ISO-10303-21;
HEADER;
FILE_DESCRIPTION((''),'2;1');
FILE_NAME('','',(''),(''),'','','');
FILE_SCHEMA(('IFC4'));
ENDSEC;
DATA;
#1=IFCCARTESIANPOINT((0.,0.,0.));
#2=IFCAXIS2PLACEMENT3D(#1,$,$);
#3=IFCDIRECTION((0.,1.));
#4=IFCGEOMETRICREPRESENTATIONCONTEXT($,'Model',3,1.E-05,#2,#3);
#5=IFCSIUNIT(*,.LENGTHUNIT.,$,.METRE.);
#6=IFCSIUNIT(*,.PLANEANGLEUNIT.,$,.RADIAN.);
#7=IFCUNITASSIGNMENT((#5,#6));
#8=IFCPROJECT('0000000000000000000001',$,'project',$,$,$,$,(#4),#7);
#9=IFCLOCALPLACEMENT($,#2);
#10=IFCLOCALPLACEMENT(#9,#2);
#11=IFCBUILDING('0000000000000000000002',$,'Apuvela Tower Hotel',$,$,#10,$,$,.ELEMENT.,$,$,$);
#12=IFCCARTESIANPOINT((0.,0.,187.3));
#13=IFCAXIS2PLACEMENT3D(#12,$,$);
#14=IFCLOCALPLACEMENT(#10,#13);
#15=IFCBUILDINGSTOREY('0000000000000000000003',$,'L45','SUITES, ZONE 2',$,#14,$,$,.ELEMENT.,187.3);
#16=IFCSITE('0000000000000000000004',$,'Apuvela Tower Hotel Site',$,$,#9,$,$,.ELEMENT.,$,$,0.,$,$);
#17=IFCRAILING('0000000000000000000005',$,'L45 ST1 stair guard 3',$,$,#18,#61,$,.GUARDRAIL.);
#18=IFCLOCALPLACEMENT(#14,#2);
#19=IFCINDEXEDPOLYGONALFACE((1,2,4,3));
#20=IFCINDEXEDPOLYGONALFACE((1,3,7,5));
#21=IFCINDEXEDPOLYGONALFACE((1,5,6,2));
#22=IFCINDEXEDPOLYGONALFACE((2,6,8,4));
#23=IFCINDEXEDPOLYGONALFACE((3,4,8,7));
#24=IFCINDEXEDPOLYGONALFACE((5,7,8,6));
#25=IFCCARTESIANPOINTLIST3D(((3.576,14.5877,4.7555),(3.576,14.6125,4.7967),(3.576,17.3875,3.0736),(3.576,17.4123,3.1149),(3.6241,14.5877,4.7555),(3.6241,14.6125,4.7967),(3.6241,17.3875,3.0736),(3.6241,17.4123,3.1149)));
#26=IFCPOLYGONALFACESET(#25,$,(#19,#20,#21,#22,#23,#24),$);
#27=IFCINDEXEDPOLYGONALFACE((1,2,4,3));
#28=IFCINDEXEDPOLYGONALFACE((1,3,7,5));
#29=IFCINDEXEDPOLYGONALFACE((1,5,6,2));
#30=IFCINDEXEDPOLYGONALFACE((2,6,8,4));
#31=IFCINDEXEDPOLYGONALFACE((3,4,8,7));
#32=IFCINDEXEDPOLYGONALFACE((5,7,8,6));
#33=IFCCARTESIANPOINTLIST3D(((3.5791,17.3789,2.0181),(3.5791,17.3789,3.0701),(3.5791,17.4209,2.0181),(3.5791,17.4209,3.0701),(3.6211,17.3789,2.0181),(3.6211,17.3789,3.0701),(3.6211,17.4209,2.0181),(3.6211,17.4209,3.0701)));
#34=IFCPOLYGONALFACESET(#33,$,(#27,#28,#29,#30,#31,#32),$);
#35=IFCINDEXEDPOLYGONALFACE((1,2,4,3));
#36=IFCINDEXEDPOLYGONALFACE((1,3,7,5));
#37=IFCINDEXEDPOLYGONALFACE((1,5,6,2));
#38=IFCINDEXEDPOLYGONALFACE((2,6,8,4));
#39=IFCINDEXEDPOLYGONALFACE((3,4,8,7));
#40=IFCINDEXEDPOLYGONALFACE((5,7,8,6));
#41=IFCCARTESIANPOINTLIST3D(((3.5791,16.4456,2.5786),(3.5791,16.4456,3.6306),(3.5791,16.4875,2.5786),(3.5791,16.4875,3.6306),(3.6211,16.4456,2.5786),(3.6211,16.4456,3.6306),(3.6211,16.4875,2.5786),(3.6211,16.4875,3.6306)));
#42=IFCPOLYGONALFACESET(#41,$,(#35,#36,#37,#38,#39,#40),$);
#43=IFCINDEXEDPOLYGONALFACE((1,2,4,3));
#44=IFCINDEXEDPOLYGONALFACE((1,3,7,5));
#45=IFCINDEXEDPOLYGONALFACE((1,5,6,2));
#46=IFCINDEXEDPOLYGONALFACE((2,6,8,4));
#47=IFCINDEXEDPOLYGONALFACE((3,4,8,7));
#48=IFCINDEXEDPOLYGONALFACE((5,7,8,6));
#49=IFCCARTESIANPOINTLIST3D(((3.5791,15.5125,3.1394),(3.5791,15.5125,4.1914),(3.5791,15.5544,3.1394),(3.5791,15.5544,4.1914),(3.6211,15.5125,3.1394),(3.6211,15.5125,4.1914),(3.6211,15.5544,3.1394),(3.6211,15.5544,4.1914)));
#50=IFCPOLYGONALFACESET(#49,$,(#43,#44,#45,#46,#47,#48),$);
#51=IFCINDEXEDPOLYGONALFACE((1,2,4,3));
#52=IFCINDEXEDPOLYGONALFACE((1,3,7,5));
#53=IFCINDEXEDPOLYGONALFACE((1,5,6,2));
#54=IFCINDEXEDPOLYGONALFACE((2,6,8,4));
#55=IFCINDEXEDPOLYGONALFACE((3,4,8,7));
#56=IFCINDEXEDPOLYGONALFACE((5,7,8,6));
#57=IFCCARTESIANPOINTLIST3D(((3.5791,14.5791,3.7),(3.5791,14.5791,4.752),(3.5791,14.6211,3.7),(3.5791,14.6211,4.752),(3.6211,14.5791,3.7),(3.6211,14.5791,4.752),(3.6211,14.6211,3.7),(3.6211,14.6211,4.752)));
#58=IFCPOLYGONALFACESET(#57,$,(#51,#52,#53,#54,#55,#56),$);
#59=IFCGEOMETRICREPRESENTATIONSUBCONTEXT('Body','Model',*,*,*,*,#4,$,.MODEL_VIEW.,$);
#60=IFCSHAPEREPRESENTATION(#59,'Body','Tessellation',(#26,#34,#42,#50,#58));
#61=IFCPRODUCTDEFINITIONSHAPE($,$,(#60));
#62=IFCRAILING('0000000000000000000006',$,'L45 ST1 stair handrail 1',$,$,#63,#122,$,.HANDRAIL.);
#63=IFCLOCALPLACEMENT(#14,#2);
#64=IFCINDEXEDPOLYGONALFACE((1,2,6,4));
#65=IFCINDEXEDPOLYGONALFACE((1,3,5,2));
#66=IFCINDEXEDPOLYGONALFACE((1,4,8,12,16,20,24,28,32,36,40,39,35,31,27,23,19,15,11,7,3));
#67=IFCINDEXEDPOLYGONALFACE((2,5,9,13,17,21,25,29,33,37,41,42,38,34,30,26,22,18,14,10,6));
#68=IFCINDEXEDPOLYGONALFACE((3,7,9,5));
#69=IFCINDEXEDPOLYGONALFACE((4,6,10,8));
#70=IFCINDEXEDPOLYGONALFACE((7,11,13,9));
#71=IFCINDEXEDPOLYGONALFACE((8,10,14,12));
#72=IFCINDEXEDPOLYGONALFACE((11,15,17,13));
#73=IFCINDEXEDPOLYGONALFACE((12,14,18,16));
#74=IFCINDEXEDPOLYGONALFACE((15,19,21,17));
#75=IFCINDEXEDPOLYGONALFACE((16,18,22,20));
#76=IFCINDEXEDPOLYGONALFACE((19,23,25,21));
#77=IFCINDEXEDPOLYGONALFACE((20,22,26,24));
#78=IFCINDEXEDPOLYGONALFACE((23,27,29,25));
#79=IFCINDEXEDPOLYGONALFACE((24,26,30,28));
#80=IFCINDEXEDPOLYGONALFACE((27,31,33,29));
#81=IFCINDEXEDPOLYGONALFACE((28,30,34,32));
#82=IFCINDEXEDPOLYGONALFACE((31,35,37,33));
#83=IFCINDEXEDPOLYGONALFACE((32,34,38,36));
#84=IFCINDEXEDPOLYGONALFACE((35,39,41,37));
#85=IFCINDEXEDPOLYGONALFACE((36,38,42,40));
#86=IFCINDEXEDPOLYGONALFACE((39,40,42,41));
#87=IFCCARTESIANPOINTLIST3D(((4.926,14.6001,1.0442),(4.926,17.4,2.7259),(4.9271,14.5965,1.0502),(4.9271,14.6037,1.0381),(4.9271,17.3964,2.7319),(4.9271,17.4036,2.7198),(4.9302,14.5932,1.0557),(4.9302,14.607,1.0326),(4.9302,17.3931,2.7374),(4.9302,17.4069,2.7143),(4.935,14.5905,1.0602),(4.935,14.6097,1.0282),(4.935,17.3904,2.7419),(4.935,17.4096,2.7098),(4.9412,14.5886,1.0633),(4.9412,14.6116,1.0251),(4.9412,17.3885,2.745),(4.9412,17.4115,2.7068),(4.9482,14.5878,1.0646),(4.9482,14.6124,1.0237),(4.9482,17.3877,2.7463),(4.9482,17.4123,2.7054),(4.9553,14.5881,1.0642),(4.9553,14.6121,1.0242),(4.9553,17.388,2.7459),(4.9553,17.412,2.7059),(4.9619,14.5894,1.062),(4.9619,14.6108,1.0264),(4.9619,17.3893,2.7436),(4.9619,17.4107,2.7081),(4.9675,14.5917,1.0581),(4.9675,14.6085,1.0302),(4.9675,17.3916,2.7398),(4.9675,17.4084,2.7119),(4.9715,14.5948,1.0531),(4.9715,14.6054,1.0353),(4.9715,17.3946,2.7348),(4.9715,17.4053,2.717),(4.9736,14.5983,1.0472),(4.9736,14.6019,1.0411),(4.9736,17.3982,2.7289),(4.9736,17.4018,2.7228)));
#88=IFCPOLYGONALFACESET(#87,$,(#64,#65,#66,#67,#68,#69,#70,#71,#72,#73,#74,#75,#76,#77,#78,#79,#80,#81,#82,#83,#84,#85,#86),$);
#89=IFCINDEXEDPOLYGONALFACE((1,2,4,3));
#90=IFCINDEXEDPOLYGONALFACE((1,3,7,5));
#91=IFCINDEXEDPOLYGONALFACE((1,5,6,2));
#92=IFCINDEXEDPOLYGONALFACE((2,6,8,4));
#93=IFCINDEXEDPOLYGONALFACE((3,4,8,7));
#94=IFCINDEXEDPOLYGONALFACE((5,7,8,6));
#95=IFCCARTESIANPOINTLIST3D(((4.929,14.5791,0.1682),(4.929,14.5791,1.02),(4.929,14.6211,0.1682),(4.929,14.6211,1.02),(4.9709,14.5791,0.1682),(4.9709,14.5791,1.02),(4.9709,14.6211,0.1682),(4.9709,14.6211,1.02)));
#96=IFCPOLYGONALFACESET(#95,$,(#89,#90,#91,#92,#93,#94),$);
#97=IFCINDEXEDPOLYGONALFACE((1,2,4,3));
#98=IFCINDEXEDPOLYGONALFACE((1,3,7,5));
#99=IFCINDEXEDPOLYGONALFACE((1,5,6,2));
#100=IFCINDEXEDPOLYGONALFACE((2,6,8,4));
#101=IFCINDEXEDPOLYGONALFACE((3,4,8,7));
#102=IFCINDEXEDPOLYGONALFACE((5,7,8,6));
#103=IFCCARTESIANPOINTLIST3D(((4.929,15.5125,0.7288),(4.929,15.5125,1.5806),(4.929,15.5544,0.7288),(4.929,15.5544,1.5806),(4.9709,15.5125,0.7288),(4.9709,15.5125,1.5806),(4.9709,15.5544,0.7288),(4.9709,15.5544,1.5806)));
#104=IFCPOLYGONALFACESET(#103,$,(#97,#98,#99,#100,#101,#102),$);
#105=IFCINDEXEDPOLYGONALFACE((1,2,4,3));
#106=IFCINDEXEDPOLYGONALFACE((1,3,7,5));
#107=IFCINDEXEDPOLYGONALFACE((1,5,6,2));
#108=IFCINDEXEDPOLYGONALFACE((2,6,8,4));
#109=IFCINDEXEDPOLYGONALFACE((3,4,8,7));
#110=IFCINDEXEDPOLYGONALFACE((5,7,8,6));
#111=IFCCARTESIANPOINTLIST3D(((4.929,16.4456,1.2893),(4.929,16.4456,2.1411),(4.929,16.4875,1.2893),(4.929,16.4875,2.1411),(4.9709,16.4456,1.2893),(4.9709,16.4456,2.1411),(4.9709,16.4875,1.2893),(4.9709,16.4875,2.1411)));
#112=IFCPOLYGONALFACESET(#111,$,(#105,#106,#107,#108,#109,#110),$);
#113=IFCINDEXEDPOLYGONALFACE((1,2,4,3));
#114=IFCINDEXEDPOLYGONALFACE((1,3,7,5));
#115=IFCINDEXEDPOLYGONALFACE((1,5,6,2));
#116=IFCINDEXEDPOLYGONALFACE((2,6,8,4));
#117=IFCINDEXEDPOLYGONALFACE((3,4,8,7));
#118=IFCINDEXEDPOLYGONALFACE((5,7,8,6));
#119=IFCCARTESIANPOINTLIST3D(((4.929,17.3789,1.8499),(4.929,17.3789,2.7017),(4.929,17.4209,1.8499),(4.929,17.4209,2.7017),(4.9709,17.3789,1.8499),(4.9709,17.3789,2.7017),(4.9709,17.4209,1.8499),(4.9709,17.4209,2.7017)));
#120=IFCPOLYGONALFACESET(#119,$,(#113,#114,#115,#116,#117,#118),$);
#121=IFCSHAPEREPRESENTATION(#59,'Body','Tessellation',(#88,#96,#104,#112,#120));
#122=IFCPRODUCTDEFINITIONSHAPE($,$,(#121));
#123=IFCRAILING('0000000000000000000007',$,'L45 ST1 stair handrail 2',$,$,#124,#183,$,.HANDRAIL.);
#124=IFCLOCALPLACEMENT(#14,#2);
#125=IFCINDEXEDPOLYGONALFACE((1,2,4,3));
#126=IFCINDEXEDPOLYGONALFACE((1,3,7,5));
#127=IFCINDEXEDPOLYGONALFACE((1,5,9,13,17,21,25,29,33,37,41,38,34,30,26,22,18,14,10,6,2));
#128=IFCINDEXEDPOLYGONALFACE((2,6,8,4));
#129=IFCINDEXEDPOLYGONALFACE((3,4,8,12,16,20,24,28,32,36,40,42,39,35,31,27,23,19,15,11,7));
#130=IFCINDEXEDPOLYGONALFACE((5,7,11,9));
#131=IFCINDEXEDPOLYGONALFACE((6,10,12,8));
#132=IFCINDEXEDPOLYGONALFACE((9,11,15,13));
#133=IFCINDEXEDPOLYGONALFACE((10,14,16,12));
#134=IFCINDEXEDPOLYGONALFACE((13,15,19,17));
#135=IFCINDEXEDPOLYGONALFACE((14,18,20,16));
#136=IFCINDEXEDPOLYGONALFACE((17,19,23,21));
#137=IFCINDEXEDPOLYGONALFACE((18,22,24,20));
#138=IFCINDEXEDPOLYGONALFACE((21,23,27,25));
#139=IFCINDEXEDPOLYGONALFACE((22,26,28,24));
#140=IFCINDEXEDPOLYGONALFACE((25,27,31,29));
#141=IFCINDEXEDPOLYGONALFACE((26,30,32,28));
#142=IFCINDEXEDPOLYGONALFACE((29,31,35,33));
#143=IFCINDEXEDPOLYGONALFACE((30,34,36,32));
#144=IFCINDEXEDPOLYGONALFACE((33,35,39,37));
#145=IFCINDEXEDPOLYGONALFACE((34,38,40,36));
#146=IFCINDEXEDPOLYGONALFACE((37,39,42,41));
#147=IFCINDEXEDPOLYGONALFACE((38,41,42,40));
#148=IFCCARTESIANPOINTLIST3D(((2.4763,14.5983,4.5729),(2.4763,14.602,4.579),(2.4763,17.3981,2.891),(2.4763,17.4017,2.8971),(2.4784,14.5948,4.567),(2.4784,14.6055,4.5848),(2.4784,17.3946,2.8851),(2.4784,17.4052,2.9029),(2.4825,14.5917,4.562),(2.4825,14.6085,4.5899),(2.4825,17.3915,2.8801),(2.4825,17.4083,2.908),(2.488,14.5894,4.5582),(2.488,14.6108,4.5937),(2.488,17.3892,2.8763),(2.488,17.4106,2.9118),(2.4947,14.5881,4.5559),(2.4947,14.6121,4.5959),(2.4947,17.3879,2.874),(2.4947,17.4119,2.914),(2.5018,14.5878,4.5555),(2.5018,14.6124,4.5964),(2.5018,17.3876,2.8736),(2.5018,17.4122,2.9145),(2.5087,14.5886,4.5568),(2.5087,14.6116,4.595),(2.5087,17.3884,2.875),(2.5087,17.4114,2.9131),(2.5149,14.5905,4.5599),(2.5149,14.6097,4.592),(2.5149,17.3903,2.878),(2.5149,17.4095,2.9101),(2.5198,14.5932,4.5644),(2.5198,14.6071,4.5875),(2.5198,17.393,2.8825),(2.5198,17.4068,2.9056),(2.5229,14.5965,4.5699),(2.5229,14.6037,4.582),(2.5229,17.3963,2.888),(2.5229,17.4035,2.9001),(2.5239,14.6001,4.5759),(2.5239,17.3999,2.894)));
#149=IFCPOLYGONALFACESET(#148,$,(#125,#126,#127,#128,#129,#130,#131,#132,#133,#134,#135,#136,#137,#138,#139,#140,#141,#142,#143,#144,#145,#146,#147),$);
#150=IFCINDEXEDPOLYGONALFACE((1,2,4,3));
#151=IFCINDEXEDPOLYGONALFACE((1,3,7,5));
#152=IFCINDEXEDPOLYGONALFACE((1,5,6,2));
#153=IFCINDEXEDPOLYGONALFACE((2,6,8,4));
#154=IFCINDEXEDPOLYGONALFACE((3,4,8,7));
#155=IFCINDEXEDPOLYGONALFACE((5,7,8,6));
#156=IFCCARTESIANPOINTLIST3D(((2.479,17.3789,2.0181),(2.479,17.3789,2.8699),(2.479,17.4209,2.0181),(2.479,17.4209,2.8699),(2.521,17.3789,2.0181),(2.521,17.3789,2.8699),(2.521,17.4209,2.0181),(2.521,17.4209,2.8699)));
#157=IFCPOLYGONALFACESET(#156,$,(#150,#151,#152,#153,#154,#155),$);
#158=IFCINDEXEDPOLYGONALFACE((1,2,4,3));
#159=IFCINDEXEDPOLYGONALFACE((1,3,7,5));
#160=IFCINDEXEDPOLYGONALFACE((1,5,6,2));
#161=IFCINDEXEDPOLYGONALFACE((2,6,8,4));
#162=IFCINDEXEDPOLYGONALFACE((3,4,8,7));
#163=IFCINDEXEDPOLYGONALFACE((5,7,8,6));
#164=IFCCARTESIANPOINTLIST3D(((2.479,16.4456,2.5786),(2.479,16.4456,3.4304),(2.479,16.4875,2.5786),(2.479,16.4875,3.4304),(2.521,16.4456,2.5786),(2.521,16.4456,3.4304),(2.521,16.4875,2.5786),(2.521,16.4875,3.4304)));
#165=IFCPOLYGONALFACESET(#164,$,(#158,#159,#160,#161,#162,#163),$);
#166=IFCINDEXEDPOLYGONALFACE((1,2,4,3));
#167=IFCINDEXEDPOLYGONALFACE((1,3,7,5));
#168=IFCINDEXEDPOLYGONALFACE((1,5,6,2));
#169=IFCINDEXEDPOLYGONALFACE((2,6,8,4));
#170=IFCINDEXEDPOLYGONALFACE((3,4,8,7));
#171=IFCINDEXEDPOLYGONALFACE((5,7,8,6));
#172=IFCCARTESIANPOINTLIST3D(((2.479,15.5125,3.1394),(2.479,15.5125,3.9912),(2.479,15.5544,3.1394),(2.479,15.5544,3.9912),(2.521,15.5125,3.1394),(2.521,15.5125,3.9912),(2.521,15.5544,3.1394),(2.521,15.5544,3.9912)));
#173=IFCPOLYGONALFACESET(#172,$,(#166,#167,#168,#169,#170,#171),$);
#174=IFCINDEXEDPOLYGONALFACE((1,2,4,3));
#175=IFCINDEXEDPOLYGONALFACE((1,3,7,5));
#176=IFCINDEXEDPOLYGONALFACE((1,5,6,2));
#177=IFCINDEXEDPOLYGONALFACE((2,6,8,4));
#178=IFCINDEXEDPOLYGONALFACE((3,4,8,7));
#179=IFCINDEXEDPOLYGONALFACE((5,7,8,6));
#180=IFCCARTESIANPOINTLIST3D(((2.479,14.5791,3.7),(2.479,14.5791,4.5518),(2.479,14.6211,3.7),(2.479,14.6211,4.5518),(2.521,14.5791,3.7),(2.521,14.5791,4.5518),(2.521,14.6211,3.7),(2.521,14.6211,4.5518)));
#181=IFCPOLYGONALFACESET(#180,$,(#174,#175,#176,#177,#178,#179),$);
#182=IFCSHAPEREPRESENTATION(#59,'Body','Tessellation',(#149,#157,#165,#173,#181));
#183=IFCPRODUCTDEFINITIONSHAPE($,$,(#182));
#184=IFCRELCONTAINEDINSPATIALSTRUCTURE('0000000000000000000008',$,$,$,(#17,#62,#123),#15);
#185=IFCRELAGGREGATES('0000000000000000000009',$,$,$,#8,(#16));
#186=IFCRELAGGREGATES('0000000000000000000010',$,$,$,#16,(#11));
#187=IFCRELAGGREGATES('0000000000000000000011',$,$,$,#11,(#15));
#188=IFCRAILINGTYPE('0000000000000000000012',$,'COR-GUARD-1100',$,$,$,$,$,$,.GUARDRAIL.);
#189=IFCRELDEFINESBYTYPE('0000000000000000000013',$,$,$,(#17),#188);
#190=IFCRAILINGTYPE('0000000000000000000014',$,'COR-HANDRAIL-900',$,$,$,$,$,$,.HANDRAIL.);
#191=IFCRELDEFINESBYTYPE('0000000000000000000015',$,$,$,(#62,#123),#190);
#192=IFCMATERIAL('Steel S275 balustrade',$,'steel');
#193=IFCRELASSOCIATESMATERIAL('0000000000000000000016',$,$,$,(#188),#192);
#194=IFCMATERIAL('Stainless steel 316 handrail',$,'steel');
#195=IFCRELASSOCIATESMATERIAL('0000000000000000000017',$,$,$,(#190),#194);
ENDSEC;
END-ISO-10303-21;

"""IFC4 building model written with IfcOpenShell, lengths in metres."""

from ifc_helpers import new_model, si_unit, direction, frame, origin, origin_2d, place, context, subcontext, project, spatial, rectangle, circle, extrude, material, type_object, element, save


model = new_model("IFC4")

# Units and contexts
model_context = context("Model", 3, precision=1e-05, world=origin(), true_north=direction((0.0, 1.0)))
body_context = subcontext(model_context, "Body", "Model", "MODEL_VIEW")
ifc_project = project(units=[si_unit("LENGTHUNIT", "METRE"), si_unit("PLANEANGLEUNIT", "RADIAN")], contexts=[model_context])

# Site, building, storey
site_placement = place(None, origin())
site = spatial("IfcSite", under=ifc_project, at=site_placement, Name="Apuvela Tower Hotel Site", CompositionType="ELEMENT", RefElevation=0.0)
building_placement = place(site_placement, origin())
building = spatial("IfcBuilding", under=site, at=building_placement, Name="Apuvela Tower Hotel", CompositionType="ELEMENT")
storey_placement = place(building_placement, frame((0.0, 0.0, 187.3)))
storey = spatial("IfcBuildingStorey", under=building, at=storey_placement, Name="L45", Description="SUITES, ZONE 2", CompositionType="ELEMENT", Elevation=187.3)

# Railings
ifc_material_1 = material(Name="Steel S275 balustrade", Category="steel")
railing_type_1 = type_object("IfcRailingType", Name="COR-GUARD-1100", PredefinedType="GUARDRAIL", material=ifc_material_1)
railing_1_placement = place(storey_placement, frame((3.6001, 17.3999, 2.0181)))
element("IfcRailing", 1, at=railing_1_placement, inside=storey, type_object=railing_type_1, Name="L45 ST1 stair guard 3", PredefinedType="GUARDRAIL", context=body_context, shape_type="SweptSolid", body=[
    extrude(rectangle(XDim=0.0481, YDim=0.0481, at=origin_2d()), frame((0.0, 0.0, 1.0762), z_axis=(0.0, -0.857222, 0.514946), x_axis=(1.0, 0.0, 0.0)), (0.0, 0.0, 1.0), 3.2661),
    extrude(rectangle(XDim=0.042, YDim=0.042, at=origin_2d()), origin(), (0.0, 0.0, 1.0), 1.052),
    extrude(rectangle(XDim=0.042, YDim=0.042, at=origin_2d()), frame((0.0, -0.9333, 0.5605)), (0.0, 0.0, 1.0), 1.052),
    extrude(rectangle(XDim=0.042, YDim=0.042, at=origin_2d()), frame((0.0, -1.8665, 1.1213)), (0.0, 0.0, 1.0), 1.052),
    extrude(rectangle(XDim=0.042, YDim=0.042, at=origin_2d()), frame((0.0, -2.7998, 1.6819)), (0.0, 0.0, 1.0), 1.052),
])
ifc_material_2 = material(Name="Stainless steel 316 handrail", Category="steel")
railing_type_2 = type_object("IfcRailingType", Name="COR-HANDRAIL-900", PredefinedType="HANDRAIL", material=ifc_material_2)
railing_2_placement = place(storey_placement, frame((4.95, 14.6001, 0.1682)))
element("IfcRailing", 2, at=railing_2_placement, inside=storey, type_object=railing_type_2, Name="L45 ST1 stair handrail 1", PredefinedType="HANDRAIL", context=body_context, shape_type="SweptSolid", body=[
    extrude(circle(Radius=0.0239, at=origin_2d()), frame((0.0, 0.0, 0.876), z_axis=(0.0, 0.857255, 0.514891), x_axis=(-1.0, 0.0, 0.0)), (0.0, 0.0, 1.0), 3.2661),
    extrude(rectangle(XDim=0.042, YDim=0.042, at=origin_2d()), origin(), (0.0, 0.0, 1.0), 0.8518),
    extrude(rectangle(XDim=0.042, YDim=0.042, at=origin_2d()), frame((0.0, 0.9333, 0.5605)), (0.0, 0.0, 1.0), 0.8518),
    extrude(rectangle(XDim=0.042, YDim=0.042, at=origin_2d()), frame((0.0, 1.8665, 1.1211)), (0.0, 0.0, 1.0), 0.8518),
    extrude(rectangle(XDim=0.042, YDim=0.042, at=origin_2d()), frame((0.0, 2.7998, 1.6816)), (0.0, 0.0, 1.0), 0.8518),
])
railing_3_placement = place(storey_placement, frame((2.5, 17.3999, 2.0181)))
element("IfcRailing", 3, at=railing_3_placement, inside=storey, type_object=railing_type_2, Name="L45 ST1 stair handrail 2", PredefinedType="HANDRAIL", context=body_context, shape_type="SweptSolid", body=[
    extrude(circle(Radius=0.0239, at=origin_2d()), frame((0.0, 0.0, 0.876), z_axis=(0.0, -0.857222, 0.514946), x_axis=(1.0, 0.0, 0.0)), (0.0, 0.0, 1.0), 3.2661),
    extrude(rectangle(XDim=0.042, YDim=0.042, at=origin_2d()), origin(), (0.0, 0.0, 1.0), 0.8518),
    extrude(rectangle(XDim=0.042, YDim=0.042, at=origin_2d()), frame((0.0, -0.9333, 0.5605)), (0.0, 0.0, 1.0), 0.8518),
    extrude(rectangle(XDim=0.042, YDim=0.042, at=origin_2d()), frame((0.0, -1.8665, 1.1213)), (0.0, 0.0, 1.0), 0.8518),
    extrude(rectangle(XDim=0.042, YDim=0.042, at=origin_2d()), frame((0.0, -2.7998, 1.6819)), (0.0, 0.0, 1.0), 0.8518),
])

save(model, "model.ifc")
